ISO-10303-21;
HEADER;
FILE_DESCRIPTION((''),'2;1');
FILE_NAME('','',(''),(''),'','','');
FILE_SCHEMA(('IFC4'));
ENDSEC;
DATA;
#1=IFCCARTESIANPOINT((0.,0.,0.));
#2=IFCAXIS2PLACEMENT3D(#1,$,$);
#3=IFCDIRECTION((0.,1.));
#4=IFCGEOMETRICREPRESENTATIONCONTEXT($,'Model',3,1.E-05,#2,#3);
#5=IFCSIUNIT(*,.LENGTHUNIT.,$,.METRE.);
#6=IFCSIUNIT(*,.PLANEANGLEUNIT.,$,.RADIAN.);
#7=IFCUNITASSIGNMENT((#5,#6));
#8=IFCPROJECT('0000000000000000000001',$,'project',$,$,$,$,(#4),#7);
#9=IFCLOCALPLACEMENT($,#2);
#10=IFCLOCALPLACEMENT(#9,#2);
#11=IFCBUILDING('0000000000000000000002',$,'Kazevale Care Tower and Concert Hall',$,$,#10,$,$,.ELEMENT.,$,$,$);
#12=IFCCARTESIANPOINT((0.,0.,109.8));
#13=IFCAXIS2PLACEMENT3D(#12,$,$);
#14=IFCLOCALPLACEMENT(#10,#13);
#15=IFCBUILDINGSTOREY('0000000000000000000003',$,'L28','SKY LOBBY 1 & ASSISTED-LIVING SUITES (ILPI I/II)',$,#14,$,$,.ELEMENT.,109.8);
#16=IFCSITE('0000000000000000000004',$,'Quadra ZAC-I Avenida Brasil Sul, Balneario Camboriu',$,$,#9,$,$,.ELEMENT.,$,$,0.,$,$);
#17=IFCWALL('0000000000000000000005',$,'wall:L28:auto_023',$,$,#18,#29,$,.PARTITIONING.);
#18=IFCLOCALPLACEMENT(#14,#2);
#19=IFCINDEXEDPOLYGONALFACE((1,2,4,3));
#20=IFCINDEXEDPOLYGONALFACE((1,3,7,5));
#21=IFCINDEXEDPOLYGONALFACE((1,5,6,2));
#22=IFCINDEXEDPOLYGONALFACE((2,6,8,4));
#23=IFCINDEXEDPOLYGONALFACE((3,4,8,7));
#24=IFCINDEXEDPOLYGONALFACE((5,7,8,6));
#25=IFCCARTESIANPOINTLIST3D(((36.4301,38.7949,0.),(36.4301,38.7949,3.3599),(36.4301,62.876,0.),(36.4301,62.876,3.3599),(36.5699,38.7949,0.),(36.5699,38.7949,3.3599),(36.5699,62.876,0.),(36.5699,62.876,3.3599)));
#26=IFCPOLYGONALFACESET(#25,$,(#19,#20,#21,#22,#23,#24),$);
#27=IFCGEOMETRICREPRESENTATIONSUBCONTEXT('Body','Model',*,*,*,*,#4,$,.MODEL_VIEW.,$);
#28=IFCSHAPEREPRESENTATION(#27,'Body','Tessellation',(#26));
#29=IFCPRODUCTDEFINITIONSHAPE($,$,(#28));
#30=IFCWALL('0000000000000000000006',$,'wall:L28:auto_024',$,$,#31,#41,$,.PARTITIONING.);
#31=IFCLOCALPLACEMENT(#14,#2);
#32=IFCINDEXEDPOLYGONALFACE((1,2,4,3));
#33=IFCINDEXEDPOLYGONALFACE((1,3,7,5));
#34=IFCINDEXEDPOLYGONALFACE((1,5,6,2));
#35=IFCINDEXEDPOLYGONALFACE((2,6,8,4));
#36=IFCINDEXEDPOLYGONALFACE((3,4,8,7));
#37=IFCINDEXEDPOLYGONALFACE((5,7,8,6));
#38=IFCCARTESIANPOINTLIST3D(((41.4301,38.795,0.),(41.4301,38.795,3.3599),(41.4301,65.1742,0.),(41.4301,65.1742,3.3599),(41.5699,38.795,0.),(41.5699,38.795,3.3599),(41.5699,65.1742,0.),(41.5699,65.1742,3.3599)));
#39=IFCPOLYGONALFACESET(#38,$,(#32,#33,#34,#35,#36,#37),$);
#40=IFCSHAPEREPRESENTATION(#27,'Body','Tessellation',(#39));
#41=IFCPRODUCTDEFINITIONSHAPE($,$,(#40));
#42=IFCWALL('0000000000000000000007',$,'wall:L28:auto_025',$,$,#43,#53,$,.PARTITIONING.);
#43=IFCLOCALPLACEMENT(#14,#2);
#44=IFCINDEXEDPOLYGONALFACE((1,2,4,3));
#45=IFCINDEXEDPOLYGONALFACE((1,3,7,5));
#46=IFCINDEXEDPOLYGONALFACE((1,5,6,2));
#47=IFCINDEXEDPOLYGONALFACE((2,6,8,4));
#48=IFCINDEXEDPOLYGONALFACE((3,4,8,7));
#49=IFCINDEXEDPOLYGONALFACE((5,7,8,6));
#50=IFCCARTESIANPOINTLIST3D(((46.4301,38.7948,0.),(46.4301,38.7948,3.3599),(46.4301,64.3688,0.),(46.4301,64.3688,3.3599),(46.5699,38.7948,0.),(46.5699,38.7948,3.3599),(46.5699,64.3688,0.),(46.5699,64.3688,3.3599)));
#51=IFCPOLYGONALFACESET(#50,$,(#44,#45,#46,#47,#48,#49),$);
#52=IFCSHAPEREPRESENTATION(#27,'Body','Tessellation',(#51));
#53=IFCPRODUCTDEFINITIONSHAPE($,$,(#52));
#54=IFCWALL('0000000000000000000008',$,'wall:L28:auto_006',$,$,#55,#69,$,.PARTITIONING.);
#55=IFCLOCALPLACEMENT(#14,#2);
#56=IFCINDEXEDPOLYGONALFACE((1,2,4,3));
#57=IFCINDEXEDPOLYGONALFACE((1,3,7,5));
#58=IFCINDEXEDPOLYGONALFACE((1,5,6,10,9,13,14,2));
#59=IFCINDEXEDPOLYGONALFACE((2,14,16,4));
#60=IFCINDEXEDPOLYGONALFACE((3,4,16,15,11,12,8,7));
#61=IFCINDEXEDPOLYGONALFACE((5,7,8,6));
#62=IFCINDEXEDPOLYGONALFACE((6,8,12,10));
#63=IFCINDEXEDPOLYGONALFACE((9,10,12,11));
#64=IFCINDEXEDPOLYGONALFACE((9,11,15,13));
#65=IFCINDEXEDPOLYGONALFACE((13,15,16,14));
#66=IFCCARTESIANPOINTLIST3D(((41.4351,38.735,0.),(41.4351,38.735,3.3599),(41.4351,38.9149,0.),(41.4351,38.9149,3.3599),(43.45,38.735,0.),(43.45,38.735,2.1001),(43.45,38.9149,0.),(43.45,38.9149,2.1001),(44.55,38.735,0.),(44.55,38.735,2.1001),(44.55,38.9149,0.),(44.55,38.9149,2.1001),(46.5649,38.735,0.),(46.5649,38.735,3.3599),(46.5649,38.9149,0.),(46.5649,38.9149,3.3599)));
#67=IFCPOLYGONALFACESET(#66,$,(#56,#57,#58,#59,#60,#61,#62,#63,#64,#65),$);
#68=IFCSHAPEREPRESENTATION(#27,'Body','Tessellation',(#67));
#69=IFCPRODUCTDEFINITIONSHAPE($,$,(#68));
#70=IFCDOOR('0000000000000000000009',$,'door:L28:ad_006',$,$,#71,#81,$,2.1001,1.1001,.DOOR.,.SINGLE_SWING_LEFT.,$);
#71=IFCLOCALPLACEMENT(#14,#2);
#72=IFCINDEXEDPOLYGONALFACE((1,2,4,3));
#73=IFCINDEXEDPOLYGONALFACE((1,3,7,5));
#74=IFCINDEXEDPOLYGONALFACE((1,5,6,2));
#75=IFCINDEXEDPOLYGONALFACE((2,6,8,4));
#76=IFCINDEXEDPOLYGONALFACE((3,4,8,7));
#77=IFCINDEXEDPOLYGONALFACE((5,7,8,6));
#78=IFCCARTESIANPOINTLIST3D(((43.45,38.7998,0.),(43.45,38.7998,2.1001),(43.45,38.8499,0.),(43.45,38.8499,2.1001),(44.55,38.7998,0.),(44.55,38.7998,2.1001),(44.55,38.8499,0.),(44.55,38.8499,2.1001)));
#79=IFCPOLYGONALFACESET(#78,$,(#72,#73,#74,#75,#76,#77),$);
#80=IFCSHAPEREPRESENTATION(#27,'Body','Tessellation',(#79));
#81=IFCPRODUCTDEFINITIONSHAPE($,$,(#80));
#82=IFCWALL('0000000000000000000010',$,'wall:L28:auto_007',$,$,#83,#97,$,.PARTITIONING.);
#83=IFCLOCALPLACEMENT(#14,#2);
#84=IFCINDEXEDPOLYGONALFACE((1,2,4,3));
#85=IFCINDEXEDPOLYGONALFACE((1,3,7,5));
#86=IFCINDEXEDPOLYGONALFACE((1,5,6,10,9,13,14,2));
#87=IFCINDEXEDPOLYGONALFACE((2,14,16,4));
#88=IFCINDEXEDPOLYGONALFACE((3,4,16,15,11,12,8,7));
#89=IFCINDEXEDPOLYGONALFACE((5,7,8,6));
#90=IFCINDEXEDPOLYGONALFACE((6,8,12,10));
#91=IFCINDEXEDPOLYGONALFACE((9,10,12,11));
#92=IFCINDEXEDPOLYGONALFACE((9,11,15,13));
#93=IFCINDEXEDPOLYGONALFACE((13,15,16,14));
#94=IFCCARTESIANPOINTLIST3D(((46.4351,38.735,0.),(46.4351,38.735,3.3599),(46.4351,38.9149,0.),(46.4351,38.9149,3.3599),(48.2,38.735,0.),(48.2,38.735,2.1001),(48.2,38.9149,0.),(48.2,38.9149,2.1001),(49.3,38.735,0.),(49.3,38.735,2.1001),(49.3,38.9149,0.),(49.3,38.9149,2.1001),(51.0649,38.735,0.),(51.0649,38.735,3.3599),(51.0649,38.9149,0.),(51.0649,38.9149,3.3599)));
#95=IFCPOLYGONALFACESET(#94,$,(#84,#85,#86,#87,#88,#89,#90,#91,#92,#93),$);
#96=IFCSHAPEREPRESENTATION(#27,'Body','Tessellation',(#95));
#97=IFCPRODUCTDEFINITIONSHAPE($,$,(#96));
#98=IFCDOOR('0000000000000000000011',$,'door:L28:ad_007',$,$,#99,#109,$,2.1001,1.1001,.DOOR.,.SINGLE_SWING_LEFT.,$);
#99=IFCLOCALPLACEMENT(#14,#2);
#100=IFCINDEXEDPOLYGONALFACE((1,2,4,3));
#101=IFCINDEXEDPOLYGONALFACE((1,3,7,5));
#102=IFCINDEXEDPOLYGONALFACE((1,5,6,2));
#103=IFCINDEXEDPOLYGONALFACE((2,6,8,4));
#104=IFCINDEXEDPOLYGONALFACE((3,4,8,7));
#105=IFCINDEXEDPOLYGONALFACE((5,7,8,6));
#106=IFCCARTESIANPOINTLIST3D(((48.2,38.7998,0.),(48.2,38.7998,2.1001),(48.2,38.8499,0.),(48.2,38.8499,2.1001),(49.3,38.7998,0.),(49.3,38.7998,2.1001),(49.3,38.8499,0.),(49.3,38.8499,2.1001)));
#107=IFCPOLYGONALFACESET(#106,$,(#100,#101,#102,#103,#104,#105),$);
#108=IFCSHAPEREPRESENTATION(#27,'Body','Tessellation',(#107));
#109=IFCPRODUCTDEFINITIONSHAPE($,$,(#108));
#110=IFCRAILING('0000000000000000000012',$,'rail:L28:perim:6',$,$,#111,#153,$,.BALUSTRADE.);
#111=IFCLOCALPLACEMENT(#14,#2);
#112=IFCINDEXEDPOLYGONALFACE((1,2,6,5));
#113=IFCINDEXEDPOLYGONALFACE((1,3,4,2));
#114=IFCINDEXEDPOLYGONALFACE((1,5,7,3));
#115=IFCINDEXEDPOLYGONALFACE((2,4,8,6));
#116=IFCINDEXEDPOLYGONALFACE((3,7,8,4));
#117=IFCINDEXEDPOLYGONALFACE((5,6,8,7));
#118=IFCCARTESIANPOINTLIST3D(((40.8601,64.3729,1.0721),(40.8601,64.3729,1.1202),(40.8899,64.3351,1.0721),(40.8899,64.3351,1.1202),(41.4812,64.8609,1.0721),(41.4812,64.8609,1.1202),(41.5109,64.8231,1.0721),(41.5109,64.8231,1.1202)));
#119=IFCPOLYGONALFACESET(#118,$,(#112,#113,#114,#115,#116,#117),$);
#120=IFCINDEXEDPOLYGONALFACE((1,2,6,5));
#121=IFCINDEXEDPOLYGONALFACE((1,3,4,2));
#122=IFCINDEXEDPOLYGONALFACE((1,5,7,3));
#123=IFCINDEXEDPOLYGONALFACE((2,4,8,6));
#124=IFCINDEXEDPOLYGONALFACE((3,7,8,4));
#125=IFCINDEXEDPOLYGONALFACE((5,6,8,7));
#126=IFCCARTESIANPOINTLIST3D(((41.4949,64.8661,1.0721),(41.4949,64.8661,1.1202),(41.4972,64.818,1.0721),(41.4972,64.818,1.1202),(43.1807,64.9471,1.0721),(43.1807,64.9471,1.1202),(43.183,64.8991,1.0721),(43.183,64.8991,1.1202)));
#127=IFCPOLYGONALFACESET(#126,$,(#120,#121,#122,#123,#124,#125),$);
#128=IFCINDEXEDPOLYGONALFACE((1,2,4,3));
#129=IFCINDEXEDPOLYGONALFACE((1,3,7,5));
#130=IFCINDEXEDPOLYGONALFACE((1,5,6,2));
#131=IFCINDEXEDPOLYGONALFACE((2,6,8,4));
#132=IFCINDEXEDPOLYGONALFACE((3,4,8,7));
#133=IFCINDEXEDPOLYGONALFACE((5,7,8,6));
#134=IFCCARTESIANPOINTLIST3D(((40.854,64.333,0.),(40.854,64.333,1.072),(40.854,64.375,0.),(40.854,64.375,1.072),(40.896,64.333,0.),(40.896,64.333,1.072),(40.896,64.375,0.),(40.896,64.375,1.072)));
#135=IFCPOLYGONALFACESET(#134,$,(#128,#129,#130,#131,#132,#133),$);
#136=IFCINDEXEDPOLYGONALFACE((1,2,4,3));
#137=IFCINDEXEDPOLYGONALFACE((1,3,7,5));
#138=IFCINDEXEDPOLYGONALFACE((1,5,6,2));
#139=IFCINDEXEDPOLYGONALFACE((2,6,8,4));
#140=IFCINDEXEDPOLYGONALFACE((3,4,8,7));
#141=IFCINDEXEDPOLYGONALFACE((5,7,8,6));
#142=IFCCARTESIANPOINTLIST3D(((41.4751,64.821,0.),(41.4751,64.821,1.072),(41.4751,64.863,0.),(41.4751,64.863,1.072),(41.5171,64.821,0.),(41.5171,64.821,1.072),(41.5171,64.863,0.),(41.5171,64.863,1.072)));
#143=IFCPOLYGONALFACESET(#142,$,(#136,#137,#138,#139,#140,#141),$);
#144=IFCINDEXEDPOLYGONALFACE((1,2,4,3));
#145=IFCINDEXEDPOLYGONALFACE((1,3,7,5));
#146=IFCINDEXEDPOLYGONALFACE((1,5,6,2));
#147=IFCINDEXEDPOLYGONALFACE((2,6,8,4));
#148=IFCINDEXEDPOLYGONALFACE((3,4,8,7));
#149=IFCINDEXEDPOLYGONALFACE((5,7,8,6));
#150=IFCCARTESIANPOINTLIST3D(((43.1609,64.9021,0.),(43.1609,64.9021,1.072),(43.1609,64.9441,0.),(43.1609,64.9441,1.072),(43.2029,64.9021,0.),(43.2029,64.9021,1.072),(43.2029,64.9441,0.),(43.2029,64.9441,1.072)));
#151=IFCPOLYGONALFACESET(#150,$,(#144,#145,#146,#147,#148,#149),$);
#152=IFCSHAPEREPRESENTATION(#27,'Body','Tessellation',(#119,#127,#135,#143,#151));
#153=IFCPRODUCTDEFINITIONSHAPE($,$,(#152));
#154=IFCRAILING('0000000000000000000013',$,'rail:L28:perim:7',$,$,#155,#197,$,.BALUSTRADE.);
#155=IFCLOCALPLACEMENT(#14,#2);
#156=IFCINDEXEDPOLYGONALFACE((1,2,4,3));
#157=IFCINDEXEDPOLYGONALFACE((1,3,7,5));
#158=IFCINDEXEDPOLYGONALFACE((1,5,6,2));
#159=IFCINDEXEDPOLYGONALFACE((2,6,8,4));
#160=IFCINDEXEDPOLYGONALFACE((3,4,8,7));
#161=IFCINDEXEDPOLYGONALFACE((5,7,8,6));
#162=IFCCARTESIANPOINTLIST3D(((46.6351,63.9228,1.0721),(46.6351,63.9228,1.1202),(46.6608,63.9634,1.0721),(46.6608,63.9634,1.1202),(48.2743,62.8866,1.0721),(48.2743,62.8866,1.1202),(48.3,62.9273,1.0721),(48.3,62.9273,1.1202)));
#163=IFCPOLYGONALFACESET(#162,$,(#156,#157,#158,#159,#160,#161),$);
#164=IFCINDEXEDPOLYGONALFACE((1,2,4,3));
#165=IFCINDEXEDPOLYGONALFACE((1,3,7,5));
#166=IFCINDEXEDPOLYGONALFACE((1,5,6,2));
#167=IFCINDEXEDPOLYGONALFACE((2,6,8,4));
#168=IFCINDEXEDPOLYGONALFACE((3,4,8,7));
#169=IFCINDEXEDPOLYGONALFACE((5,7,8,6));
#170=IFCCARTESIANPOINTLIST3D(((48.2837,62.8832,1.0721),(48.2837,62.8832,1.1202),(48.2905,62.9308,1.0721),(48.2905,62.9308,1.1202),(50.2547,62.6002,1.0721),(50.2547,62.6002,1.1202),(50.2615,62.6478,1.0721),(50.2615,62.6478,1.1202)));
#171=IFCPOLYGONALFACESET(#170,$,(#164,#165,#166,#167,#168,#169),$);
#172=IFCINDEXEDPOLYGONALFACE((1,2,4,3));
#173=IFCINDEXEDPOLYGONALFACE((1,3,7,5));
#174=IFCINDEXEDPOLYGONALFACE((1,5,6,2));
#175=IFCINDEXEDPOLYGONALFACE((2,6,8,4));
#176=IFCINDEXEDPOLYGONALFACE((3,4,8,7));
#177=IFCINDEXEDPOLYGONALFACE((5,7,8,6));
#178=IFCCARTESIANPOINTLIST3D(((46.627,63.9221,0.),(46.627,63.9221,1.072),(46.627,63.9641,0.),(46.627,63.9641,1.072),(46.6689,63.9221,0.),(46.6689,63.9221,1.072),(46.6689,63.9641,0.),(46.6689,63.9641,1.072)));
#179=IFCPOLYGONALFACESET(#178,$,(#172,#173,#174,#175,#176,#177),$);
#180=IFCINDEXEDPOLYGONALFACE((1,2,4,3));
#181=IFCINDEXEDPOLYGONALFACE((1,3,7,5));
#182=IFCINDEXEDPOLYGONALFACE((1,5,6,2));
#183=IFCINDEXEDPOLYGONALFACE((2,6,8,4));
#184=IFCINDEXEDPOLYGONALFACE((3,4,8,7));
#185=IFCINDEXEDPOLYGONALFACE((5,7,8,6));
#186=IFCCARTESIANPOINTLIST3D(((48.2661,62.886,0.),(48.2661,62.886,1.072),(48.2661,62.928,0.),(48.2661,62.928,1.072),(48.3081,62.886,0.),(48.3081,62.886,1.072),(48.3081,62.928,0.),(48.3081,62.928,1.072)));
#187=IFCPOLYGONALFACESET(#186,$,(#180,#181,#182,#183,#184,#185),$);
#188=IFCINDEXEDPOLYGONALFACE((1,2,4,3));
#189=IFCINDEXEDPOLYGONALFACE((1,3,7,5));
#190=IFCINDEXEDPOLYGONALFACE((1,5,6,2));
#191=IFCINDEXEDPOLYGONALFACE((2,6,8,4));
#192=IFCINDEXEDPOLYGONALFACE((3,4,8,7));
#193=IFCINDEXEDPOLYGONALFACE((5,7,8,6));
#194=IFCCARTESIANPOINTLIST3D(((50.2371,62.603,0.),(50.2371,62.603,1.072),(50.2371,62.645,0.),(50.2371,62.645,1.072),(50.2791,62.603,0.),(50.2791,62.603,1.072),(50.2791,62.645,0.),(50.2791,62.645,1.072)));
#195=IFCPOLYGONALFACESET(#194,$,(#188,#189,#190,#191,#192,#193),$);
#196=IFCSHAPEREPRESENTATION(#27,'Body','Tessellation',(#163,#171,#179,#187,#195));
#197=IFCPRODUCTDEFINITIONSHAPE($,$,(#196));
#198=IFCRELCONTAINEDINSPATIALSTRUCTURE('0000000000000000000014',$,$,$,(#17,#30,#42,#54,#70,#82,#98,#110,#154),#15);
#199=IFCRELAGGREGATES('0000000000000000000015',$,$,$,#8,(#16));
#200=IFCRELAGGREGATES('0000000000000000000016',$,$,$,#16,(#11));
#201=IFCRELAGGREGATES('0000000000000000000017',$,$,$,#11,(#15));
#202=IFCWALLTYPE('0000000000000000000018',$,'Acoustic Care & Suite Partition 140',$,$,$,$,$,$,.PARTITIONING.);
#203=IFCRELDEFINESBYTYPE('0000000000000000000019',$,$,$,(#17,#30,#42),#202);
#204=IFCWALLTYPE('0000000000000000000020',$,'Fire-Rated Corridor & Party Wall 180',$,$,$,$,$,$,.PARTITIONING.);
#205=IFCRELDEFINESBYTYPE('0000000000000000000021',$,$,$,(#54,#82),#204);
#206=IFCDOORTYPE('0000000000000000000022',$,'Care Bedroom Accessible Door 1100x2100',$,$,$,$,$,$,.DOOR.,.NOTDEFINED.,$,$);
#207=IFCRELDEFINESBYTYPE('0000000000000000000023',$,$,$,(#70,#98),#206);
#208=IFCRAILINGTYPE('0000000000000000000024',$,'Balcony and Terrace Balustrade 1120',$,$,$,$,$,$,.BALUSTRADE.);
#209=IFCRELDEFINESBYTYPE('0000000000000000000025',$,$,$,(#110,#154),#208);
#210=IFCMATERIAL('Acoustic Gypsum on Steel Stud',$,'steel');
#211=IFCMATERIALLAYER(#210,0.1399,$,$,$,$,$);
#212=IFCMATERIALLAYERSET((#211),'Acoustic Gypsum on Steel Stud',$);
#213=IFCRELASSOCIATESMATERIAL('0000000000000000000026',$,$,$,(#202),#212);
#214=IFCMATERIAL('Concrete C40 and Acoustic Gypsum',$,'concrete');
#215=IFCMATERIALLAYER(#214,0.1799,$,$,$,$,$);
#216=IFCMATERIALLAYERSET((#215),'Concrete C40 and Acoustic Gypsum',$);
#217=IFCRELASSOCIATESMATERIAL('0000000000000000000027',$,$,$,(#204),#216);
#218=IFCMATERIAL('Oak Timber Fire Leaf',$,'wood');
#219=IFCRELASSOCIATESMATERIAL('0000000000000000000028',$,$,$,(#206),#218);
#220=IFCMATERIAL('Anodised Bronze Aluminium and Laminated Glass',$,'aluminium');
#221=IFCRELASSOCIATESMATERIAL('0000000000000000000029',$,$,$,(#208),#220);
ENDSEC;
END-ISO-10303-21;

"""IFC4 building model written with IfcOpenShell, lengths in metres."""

from ifc_helpers import new_model, si_unit, direction, frame, frame_2d, origin, origin_2d, place, context, subcontext, project, spatial, rectangle, extrude, material, layer, layer_set, type_object, element, fill, save


model = new_model("IFC4")

# Units and contexts
model_context = context("Model", 3, precision=1e-05, world=origin(), true_north=direction((0.0, 1.0)))
body_context = subcontext(model_context, "Body", "Model", "MODEL_VIEW")
ifc_project = project(units=[si_unit("LENGTHUNIT", "METRE"), si_unit("PLANEANGLEUNIT", "RADIAN")], contexts=[model_context])

# Site, building, storey
site_placement = place(None, origin())
site = spatial("IfcSite", under=ifc_project, at=site_placement, Name="Quadra ZAC-I Avenida Brasil Sul, Balneario Camboriu", CompositionType="ELEMENT", RefElevation=0.0)
building_placement = place(site_placement, origin())
building = spatial("IfcBuilding", under=site, at=building_placement, Name="Kazevale Care Tower and Concert Hall", CompositionType="ELEMENT")
storey_placement = place(building_placement, frame((0.0, 0.0, 109.8)))
storey = spatial("IfcBuildingStorey", under=building, at=storey_placement, Name="L28", Description="SKY LOBBY 1 & ASSISTED-LIVING SUITES (ILPI I/II)", CompositionType="ELEMENT", Elevation=109.8)

# Walls
ifc_material_1 = material(Name="Acoustic Gypsum on Steel Stud", Category="steel")
ifc_layer_1 = layer(ifc_material_1, 0.1399)
ifc_layer_set_1 = layer_set([ifc_layer_1], Name="Acoustic Gypsum on Steel Stud")
wall_type_1 = type_object("IfcWallType", Name="Acoustic Care & Suite Partition 140", PredefinedType="PARTITIONING", material=ifc_layer_set_1)
wall_1_placement = place(storey_placement, frame((36.5, 62.876, 0.0), z_axis=(0.0, 0.0, 1.0), x_axis=(0.0, -1.0, 0.0)))
element("IfcWall", 1, at=wall_1_placement, inside=storey, type_object=wall_type_1, Name="wall:L28:auto_023", PredefinedType="PARTITIONING", context=body_context, shape_type="SweptSolid", body=[
    extrude(rectangle(XDim=24.0811, YDim=0.1399, at=frame_2d((12.0405, 0.0))), origin(), (0.0, 0.0, 1.0), 3.3599),
])
wall_2_placement = place(storey_placement, frame((41.5, 65.1741, 0.0), z_axis=(0.0, 0.0, 1.0), x_axis=(0.0, -1.0, 0.0)))
element("IfcWall", 2, at=wall_2_placement, inside=storey, type_object=wall_type_1, Name="wall:L28:auto_024", PredefinedType="PARTITIONING", context=body_context, shape_type="SweptSolid", body=[
    extrude(rectangle(XDim=26.3792, YDim=0.1399, at=frame_2d((13.1895, 0.0))), origin(), (0.0, 0.0, 1.0), 3.3599),
])
wall_3_placement = place(storey_placement, frame((46.5, 64.3689, 0.0), z_axis=(0.0, 0.0, 1.0), x_axis=(0.0, -1.0, 0.0)))
element("IfcWall", 3, at=wall_3_placement, inside=storey, type_object=wall_type_1, Name="wall:L28:auto_025", PredefinedType="PARTITIONING", context=body_context, shape_type="SweptSolid", body=[
    extrude(rectangle(XDim=25.574, YDim=0.1399, at=frame_2d((12.7871, 0.0))), origin(), (0.0, 0.0, 1.0), 3.3599),
])

# Walls, openings, doors
ifc_material_2 = material(Name="Concrete C40 and Acoustic Gypsum", Category="concrete")
ifc_layer_2 = layer(ifc_material_2, 0.1799)
ifc_layer_set_2 = layer_set([ifc_layer_2], Name="Concrete C40 and Acoustic Gypsum")
wall_type_2 = type_object("IfcWallType", Name="Fire-Rated Corridor & Party Wall 180", PredefinedType="PARTITIONING", material=ifc_layer_set_2)
wall_4_placement = place(storey_placement, frame((41.4351, 38.825, 0.0), z_axis=(0.0, 0.0, 1.0), x_axis=(1.0, 0.0, 0.0)))
wall_4 = element("IfcWall", 4, at=wall_4_placement, inside=storey, type_object=wall_type_2, Name="wall:L28:auto_006", PredefinedType="PARTITIONING", context=body_context, shape_type="SweptSolid", body=[
    extrude(rectangle(XDim=5.1299, YDim=0.1799, at=frame_2d((2.5649, 0.0))), origin(), (0.0, 0.0, 1.0), 3.3599),
])
opening_1_placement = place(wall_4_placement, frame((2.0149, 0.0, 0.0)))
opening_1 = element("IfcOpeningElement", 5, at=opening_1_placement, cuts=wall_4, PredefinedType="OPENING", context=body_context, shape_type="SweptSolid", body=[
    extrude(rectangle(XDim=1.1001, YDim=2.1001, at=frame_2d((0.55, 1.05))), frame((0.0, 0.0999, 0.0), z_axis=(0.0, -1.0, 0.0), x_axis=(1.0, 0.0, 0.0)), (0.0, 0.0, 1.0), 0.2),
])
ifc_material_3 = material(Name="Oak Timber Fire Leaf", Category="wood")
door_type = type_object("IfcDoorType", Name="Care Bedroom Accessible Door 1100x2100", OperationType="NOTDEFINED", PredefinedType="DOOR", material=ifc_material_3)
door_1_placement = place(opening_1_placement, origin())
door_1 = element("IfcDoor", 6, at=door_1_placement, inside=storey, type_object=door_type, Name="door:L28:ad_006", OperationType="SINGLE_SWING_LEFT", OverallHeight=2.1001, OverallWidth=1.1001, PredefinedType="DOOR", context=body_context, shape_type="SweptSolid", body=[
    extrude(rectangle(XDim=1.1001, YDim=2.1001, at=frame_2d((0.55, 1.05))), frame((0.0, 0.0249, 0.0), z_axis=(0.0, -1.0, 0.0), x_axis=(1.0, 0.0, 0.0)), (0.0, 0.0, 1.0), 0.05),
])
fill(opening_1, door_1)
wall_5_placement = place(storey_placement, frame((46.4351, 38.825, 0.0), z_axis=(0.0, 0.0, 1.0), x_axis=(1.0, 0.0, 0.0)))
wall_5 = element("IfcWall", 7, at=wall_5_placement, inside=storey, type_object=wall_type_2, Name="wall:L28:auto_007", PredefinedType="PARTITIONING", context=body_context, shape_type="SweptSolid", body=[
    extrude(rectangle(XDim=4.6299, YDim=0.1799, at=frame_2d((2.3149, 0.0))), origin(), (0.0, 0.0, 1.0), 3.3599),
])
opening_2_placement = place(wall_5_placement, frame((1.7649, 0.0, 0.0)))
opening_2 = element("IfcOpeningElement", 8, at=opening_2_placement, cuts=wall_5, PredefinedType="OPENING", context=body_context, shape_type="SweptSolid", body=[
    extrude(rectangle(XDim=1.1001, YDim=2.1001, at=frame_2d((0.55, 1.05))), frame((0.0, 0.0999, 0.0), z_axis=(0.0, -1.0, 0.0), x_axis=(1.0, 0.0, 0.0)), (0.0, 0.0, 1.0), 0.2),
])
door_2_placement = place(opening_2_placement, origin())
door_2 = element("IfcDoor", 9, at=door_2_placement, inside=storey, type_object=door_type, Name="door:L28:ad_007", OperationType="SINGLE_SWING_LEFT", OverallHeight=2.1001, OverallWidth=1.1001, PredefinedType="DOOR", context=body_context, shape_type="SweptSolid", body=[
    extrude(rectangle(XDim=1.1001, YDim=2.1001, at=frame_2d((0.55, 1.05))), frame((0.0, 0.0249, 0.0), z_axis=(0.0, -1.0, 0.0), x_axis=(1.0, 0.0, 0.0)), (0.0, 0.0, 1.0), 0.05),
])
fill(opening_2, door_2)

# Railings
ifc_material_4 = material(Name="Anodised Bronze Aluminium and Laminated Glass", Category="aluminium")
railing_type = type_object("IfcRailingType", Name="Balcony and Terrace Balustrade 1120", PredefinedType="BALUSTRADE", material=ifc_material_4)
railing_1_placement = place(storey_placement, frame((40.875, 64.354, 0.0)))
element("IfcRailing", 10, at=railing_1_placement, inside=storey, type_object=railing_type, Name="rail:L28:perim:6", PredefinedType="BALUSTRADE", context=body_context, shape_type="SweptSolid", body=[
    extrude(rectangle(XDim=0.0481, YDim=0.0481, at=origin_2d()), frame((0.0, 0.0, 1.0962), z_axis=(0.786297, 0.617849, 0.0), x_axis=(-0.617849, 0.786297, 0.0)), (0.0, 0.0, 1.0), 0.7898),
    extrude(rectangle(XDim=0.0481, YDim=0.0481, at=origin_2d()), frame((0.6211, 0.488, 1.0962), z_axis=(0.998846, 0.048026, 0.0), x_axis=(-0.048026, 0.998846, 0.0)), (0.0, 0.0, 1.0), 1.6877),
    extrude(rectangle(XDim=0.042, YDim=0.042, at=origin_2d()), origin(), (0.0, 0.0, 1.0), 1.072),
    extrude(rectangle(XDim=0.042, YDim=0.042, at=origin_2d()), frame((0.6211, 0.488, 0.0)), (0.0, 0.0, 1.0), 1.072),
    extrude(rectangle(XDim=0.042, YDim=0.042, at=origin_2d()), frame((2.3069, 0.5691, 0.0)), (0.0, 0.0, 1.0), 1.072),
])
railing_2_placement = place(storey_placement, frame((46.6479, 63.9431, 0.0)))
element("IfcRailing", 11, at=railing_2_placement, inside=storey, type_object=railing_type, Name="rail:L28:perim:7", PredefinedType="BALUSTRADE", context=body_context, shape_type="SweptSolid", body=[
    extrude(rectangle(XDim=0.0481, YDim=0.0481, at=origin_2d()), frame((0.0, 0.0, 1.0962), z_axis=(0.845285, -0.534315, 0.0), x_axis=(0.534315, 0.845285, 0.0)), (0.0, 0.0, 1.0), 1.9392),
    extrude(rectangle(XDim=0.0481, YDim=0.0481, at=origin_2d()), frame((1.6392, -1.0361, 1.0962), z_axis=(0.989851, -0.142108, 0.0), x_axis=(0.142108, 0.989851, 0.0)), (0.0, 0.0, 1.0), 1.9912),
    extrude(rectangle(XDim=0.042, YDim=0.042, at=origin_2d()), origin(), (0.0, 0.0, 1.0), 1.072),
    extrude(rectangle(XDim=0.042, YDim=0.042, at=origin_2d()), frame((1.6392, -1.0361, 0.0)), (0.0, 0.0, 1.0), 1.072),
    extrude(rectangle(XDim=0.042, YDim=0.042, at=origin_2d()), frame((3.6101, -1.3191, 0.0)), (0.0, 0.0, 1.0), 1.072),
])

save(model, "model.ifc")
